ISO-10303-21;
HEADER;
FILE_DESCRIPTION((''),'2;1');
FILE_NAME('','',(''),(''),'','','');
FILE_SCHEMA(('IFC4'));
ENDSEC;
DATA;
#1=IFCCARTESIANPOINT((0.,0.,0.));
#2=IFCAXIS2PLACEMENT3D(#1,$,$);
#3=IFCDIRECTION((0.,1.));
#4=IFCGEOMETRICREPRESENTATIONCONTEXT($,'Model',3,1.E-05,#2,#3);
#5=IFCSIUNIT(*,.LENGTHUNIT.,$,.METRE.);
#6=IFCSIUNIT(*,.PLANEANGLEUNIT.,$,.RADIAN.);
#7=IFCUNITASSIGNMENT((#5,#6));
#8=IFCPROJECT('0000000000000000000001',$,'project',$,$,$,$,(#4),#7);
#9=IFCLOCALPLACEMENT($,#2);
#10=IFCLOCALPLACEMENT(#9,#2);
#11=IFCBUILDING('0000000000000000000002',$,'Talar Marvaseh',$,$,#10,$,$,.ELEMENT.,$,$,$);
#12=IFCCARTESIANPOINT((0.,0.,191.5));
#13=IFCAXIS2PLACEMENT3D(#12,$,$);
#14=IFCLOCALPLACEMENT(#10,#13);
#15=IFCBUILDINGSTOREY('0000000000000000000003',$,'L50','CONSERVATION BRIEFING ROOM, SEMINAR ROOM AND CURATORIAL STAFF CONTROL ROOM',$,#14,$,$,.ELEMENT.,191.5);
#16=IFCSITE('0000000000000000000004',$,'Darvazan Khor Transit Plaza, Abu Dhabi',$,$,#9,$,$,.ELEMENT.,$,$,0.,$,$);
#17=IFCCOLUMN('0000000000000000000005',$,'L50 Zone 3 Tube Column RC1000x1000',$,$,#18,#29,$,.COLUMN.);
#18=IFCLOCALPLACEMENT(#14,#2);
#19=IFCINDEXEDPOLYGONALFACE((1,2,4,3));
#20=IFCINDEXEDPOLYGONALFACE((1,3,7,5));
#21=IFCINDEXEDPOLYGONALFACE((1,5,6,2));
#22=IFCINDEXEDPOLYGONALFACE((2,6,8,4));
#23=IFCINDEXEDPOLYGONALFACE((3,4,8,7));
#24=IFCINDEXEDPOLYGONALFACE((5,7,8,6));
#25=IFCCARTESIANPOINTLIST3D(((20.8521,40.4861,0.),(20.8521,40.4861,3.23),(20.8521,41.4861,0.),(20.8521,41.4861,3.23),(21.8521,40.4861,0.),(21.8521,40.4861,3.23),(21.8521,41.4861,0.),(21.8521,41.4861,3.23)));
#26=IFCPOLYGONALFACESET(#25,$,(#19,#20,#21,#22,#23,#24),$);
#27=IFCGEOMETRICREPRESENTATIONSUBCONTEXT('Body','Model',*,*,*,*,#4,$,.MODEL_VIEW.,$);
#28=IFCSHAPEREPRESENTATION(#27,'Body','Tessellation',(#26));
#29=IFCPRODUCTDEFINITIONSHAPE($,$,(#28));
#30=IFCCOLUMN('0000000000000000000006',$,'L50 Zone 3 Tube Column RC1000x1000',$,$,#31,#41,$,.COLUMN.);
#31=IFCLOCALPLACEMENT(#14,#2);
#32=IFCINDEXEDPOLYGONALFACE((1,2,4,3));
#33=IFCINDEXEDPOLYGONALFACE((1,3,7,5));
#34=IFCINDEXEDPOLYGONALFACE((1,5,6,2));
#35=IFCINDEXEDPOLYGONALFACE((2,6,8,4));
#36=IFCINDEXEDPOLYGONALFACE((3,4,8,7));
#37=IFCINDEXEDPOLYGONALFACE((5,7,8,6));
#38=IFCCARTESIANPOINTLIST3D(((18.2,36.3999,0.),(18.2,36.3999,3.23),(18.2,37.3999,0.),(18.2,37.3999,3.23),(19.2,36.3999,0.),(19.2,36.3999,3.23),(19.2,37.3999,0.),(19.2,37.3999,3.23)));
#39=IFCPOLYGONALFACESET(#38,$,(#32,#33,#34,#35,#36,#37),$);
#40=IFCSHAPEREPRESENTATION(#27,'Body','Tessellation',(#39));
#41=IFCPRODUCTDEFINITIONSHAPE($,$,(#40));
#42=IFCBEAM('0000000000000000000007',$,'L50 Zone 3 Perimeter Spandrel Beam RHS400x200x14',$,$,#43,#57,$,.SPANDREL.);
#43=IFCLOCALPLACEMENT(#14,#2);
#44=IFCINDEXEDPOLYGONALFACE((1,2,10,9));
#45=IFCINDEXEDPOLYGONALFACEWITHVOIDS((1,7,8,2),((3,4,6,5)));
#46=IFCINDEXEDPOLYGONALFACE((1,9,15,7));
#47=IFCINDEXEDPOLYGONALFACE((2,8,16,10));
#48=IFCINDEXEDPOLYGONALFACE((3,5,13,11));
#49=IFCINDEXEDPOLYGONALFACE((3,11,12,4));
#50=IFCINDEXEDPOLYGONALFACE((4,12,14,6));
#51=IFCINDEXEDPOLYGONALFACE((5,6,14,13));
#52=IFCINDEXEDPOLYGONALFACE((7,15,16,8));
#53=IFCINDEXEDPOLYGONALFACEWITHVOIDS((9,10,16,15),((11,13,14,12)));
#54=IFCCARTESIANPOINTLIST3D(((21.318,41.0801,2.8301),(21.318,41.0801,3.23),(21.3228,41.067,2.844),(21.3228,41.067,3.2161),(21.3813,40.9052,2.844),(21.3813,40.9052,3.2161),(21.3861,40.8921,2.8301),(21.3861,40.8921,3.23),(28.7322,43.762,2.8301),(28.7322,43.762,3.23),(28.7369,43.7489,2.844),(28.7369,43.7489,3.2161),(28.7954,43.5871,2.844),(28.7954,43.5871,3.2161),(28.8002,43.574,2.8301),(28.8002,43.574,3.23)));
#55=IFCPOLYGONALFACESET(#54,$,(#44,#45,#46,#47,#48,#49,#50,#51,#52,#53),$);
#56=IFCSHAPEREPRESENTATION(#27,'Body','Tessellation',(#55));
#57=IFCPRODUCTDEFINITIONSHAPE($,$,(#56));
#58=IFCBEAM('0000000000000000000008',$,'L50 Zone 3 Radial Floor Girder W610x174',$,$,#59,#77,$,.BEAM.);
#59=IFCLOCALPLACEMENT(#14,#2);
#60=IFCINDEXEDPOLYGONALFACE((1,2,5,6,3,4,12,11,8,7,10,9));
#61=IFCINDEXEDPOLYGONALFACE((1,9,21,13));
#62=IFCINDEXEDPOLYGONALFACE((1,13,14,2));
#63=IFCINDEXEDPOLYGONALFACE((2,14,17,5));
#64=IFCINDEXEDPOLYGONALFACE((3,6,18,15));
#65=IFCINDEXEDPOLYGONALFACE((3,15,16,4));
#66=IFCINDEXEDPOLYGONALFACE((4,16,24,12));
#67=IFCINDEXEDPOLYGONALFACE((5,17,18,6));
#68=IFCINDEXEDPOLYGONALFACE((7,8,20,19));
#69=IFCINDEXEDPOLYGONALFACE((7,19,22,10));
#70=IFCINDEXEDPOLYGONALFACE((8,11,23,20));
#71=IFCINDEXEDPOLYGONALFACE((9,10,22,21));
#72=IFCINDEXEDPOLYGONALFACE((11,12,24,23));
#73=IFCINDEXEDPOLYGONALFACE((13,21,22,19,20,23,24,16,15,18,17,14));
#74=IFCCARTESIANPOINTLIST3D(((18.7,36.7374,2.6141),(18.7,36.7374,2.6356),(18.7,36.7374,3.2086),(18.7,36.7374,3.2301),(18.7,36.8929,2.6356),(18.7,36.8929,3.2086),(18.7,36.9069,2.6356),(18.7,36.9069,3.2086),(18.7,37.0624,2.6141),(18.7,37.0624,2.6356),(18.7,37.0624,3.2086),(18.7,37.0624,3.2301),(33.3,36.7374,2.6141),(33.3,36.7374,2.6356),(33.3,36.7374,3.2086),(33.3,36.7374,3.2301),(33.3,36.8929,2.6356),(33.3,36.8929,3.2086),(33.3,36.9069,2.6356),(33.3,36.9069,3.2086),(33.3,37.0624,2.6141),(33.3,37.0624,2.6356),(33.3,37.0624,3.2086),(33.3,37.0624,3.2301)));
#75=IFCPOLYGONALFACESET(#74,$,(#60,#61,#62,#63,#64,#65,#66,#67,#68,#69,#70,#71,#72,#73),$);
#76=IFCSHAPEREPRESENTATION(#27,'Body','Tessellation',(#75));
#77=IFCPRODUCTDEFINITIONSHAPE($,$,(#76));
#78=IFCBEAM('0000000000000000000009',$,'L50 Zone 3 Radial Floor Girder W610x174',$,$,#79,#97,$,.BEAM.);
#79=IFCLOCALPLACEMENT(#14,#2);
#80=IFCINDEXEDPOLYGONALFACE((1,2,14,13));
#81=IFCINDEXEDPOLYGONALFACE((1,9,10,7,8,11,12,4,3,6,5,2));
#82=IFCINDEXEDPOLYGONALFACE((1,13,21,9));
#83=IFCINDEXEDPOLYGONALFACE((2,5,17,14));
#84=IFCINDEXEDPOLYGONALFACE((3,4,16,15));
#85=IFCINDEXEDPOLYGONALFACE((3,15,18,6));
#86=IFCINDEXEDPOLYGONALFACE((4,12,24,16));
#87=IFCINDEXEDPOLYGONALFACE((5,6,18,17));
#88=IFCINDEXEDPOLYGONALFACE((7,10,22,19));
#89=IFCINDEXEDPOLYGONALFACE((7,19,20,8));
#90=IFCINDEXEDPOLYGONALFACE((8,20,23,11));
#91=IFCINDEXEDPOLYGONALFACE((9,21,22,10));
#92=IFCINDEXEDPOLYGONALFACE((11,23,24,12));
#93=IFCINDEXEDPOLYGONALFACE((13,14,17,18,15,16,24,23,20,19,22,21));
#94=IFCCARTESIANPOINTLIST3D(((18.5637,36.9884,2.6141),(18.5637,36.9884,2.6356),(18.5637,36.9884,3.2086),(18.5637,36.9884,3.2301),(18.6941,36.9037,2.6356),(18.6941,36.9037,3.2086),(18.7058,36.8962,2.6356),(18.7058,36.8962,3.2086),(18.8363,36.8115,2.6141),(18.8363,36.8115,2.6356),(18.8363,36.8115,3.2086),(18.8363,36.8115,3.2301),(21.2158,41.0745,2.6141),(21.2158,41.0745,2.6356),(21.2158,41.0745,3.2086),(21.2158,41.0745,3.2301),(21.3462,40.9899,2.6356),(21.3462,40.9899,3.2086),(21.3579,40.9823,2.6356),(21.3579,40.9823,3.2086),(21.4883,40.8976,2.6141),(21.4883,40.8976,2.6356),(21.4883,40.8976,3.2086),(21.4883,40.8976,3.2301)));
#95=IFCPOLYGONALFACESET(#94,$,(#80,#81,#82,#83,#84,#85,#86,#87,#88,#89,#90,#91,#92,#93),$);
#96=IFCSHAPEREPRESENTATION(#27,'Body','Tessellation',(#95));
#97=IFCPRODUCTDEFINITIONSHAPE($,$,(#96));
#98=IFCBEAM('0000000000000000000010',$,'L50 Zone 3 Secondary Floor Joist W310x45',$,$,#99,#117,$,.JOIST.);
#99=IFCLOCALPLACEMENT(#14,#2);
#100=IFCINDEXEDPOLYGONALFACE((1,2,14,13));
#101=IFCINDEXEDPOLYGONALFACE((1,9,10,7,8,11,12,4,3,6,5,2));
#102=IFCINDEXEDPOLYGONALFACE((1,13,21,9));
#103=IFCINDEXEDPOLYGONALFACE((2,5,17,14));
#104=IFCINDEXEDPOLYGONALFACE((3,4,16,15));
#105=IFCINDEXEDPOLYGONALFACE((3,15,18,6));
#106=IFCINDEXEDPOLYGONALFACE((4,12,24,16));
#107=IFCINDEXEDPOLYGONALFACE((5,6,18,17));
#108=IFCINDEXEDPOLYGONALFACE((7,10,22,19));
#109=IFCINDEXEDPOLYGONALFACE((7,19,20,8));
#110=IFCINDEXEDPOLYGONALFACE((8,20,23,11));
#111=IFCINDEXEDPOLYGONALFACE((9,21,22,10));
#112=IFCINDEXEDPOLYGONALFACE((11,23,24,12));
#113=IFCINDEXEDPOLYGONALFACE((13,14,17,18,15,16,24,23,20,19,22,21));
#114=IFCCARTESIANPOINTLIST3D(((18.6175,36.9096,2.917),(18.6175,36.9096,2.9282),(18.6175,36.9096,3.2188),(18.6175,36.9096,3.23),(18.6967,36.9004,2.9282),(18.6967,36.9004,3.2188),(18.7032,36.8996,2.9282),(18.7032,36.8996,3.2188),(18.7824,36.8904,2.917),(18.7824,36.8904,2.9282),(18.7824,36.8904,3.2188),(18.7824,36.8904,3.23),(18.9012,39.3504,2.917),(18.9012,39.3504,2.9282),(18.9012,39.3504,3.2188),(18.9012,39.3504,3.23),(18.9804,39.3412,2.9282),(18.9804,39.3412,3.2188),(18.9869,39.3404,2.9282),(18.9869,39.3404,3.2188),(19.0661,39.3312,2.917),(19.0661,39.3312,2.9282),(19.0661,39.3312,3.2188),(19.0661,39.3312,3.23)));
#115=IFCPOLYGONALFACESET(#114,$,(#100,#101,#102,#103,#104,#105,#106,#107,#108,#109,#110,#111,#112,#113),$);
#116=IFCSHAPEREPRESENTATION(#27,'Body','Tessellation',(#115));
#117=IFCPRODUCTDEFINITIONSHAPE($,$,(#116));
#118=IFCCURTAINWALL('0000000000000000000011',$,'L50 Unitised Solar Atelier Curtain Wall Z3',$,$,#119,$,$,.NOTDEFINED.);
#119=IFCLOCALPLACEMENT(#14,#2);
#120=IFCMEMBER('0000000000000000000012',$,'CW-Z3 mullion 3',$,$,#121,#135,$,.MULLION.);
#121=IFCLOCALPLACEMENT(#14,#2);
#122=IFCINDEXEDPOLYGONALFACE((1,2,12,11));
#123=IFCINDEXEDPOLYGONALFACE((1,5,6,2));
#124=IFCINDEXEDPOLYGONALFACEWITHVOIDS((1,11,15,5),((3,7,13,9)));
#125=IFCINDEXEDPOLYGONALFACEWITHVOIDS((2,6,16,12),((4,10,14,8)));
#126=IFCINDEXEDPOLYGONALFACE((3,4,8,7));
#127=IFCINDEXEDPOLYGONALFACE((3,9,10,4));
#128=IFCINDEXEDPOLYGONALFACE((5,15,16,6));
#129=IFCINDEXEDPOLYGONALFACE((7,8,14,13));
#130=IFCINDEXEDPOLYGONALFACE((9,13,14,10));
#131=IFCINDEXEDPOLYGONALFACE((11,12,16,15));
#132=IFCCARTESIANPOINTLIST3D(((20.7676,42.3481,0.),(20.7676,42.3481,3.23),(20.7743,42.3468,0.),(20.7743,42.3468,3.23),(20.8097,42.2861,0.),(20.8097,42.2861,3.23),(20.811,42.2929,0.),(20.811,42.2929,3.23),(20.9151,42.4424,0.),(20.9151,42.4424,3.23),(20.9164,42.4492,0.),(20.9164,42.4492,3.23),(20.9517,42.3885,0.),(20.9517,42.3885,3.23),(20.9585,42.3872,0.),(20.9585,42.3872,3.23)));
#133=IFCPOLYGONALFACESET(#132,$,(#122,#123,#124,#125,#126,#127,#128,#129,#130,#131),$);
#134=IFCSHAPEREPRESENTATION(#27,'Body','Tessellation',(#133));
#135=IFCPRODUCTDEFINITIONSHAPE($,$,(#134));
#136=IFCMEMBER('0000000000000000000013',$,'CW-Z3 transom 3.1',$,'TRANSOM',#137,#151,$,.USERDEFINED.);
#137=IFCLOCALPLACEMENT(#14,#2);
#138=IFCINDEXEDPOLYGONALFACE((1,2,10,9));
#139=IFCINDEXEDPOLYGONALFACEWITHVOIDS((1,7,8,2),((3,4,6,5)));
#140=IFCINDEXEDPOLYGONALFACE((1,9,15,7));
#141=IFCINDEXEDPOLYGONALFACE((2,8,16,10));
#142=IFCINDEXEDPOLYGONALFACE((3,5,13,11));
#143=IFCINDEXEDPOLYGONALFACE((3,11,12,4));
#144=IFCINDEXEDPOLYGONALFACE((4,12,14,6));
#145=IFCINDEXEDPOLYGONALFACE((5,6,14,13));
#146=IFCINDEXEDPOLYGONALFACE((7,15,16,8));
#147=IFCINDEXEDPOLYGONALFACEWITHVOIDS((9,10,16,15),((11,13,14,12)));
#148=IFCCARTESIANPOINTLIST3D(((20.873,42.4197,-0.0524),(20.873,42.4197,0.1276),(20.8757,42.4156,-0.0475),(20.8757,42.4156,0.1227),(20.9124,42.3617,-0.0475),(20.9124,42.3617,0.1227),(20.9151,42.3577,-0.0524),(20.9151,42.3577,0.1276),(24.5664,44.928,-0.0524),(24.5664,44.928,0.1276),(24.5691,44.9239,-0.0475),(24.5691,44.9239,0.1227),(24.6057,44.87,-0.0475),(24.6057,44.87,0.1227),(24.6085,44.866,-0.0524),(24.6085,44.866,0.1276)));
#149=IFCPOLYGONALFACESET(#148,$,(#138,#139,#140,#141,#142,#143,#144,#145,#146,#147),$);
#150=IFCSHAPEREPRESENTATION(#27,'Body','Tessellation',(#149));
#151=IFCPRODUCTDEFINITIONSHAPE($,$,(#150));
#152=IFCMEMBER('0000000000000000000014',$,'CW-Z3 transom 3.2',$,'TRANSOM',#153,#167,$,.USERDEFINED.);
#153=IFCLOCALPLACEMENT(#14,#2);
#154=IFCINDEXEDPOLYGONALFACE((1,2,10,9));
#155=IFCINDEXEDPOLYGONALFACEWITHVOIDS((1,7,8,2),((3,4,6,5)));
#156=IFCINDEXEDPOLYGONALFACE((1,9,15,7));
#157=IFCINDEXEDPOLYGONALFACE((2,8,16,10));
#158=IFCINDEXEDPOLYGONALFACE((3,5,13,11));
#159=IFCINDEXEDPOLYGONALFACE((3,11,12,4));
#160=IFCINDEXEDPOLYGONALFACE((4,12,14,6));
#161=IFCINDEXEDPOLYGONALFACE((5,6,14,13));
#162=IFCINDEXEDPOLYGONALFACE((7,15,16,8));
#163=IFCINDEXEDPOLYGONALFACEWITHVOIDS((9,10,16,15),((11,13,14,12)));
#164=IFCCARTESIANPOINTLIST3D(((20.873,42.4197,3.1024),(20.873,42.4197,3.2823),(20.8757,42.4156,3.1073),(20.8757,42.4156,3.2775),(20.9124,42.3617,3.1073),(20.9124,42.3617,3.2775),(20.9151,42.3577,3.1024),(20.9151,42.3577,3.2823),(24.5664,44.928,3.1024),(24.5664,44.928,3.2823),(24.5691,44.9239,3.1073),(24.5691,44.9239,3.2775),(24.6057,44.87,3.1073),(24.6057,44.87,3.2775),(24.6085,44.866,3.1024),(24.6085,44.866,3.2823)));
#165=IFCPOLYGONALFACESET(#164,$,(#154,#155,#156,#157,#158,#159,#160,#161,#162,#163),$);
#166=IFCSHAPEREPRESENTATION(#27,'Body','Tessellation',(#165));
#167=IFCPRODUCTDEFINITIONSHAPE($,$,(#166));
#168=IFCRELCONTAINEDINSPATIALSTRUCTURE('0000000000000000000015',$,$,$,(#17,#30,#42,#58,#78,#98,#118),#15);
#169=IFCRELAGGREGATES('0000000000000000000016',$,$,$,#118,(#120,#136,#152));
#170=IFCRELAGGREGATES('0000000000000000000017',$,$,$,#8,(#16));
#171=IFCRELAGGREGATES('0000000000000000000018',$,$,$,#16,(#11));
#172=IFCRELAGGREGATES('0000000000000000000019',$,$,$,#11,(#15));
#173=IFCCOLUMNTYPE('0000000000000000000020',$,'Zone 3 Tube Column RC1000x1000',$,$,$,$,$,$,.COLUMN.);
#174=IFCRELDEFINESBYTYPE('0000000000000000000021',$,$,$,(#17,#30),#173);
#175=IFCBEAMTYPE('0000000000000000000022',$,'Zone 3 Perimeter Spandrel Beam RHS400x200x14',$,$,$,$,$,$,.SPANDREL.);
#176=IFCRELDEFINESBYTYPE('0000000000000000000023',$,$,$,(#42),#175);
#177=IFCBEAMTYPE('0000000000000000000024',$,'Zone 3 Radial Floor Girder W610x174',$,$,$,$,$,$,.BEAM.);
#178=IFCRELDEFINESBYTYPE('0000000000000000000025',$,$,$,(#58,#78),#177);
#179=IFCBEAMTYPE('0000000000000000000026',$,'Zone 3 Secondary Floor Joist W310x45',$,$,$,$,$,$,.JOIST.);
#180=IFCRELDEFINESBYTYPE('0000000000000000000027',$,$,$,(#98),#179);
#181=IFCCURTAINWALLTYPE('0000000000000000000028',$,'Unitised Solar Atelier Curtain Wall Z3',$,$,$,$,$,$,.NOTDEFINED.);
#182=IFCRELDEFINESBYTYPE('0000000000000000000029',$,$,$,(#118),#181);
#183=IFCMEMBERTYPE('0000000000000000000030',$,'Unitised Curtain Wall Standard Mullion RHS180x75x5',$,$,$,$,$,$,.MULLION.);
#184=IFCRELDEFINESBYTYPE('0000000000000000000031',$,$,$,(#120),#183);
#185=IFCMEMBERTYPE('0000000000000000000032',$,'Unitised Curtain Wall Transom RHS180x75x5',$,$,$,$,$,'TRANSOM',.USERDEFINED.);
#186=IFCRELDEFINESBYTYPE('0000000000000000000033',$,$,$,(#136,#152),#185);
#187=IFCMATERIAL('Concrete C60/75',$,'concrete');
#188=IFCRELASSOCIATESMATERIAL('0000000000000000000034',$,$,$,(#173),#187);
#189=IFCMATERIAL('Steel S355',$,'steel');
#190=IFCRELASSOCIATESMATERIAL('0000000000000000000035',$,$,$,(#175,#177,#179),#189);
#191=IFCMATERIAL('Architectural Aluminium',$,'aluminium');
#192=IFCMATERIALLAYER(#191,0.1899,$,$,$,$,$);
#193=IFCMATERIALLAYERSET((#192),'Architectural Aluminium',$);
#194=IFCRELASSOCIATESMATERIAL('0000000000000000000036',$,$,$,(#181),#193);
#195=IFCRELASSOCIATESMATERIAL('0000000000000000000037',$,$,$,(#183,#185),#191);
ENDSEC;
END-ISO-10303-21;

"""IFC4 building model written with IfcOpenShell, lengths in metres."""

from ifc_helpers import new_model, si_unit, direction, frame, origin, origin_2d, place, context, subcontext, project, spatial, rectangle, hollow_rectangle, i_section, extrude, source, transform, mapped, material, layer, layer_set, material_profile, profile_set, type_object, type_shapes, element, aggregate, save


model = new_model("IFC4")

# Units and contexts
model_context = context("Model", 3, precision=1e-05, world=origin(), true_north=direction((0.0, 1.0)))
body_context = subcontext(model_context, "Body", "Model", "MODEL_VIEW")
ifc_project = project(units=[si_unit("LENGTHUNIT", "METRE"), si_unit("PLANEANGLEUNIT", "RADIAN")], contexts=[model_context])

# Site, building, storey
site_placement = place(None, origin())
site = spatial("IfcSite", under=ifc_project, at=site_placement, Name="Darvazan Khor Transit Plaza, Abu Dhabi", CompositionType="ELEMENT", RefElevation=0.0)
building_placement = place(site_placement, origin())
building = spatial("IfcBuilding", under=site, at=building_placement, Name="Talar Marvaseh", CompositionType="ELEMENT")
storey_placement = place(building_placement, frame((0.0, 0.0, 191.5)))
storey = spatial("IfcBuildingStorey", under=building, at=storey_placement, Name="L50", Description="CONSERVATION BRIEFING ROOM, SEMINAR ROOM AND CURATORIAL STAFF CONTROL ROOM", CompositionType="ELEMENT", Elevation=191.5)

# Columns
ifc_material_1 = material(Name="Concrete C60/75", Category="concrete")
ifc_material_profile_1 = material_profile(ifc_material_1, rectangle(XDim=1.0, YDim=1.0, at=origin_2d()), Name="RC1000x1000")
ifc_profile_set_1 = profile_set([ifc_material_profile_1], Name="Concrete C60/75")
column_type = type_object("IfcColumnType", Name="Zone 3 Tube Column RC1000x1000", PredefinedType="COLUMN", material=ifc_profile_set_1)
for number, where, z_axis, x_axis, name in (
    (1, (21.3521, 40.9861, 0.0), (0.0, 0.0, 1.0), (1.0, 0.0, 0.0), "L50 Zone 3 Tube Column RC1000x1000"),
    (2, (18.7, 36.8999, 0.0), (0.0, 0.0, 1.0), (1.0, 0.0, 0.0), "L50 Zone 3 Tube Column RC1000x1000"),
):
    element("IfcColumn", number, at=place(storey_placement, frame(where, z_axis=z_axis, x_axis=x_axis)), inside=storey, type_object=column_type, Name=name, PredefinedType="COLUMN", context=body_context, shape_type="SweptSolid", body=[
        extrude(rectangle(XDim=1.0, YDim=1.0, at=origin_2d()), origin(), (0.0, 0.0, 1.0), 3.23),
    ])

# Beams
ifc_material_2 = material(Name="Steel S355", Category="steel")
ifc_material_profile_2 = material_profile(ifc_material_2, hollow_rectangle(XDim=0.2, YDim=0.3999, WallThickness=0.0139, at=origin_2d()), Name="RHS400x200x14")
ifc_profile_set_2 = profile_set([ifc_material_profile_2], Name="Steel S355")
beam_type_1 = type_object("IfcBeamType", Name="Zone 3 Perimeter Spandrel Beam RHS400x200x14", PredefinedType="SPANDREL", material=ifc_profile_set_2)
beam_1_placement = place(storey_placement, frame((21.3521, 40.9861, 3.03), z_axis=(0.940368, 0.340159, 0.0), x_axis=(-0.340159, 0.940368, 0.0)))
element("IfcBeam", 3, at=beam_1_placement, inside=storey, type_object=beam_type_1, Name="L50 Zone 3 Perimeter Spandrel Beam RHS400x200x14", PredefinedType="SPANDREL", context=body_context, shape_type="SweptSolid", body=[
    extrude(hollow_rectangle(XDim=0.2, YDim=0.3999, WallThickness=0.0139, at=origin_2d()), origin(), (0.0, 0.0, 1.0), 7.8843),
])
ifc_material_profile_3 = material_profile(ifc_material_2, i_section(OverallWidth=0.325, OverallDepth=0.616, WebThickness=0.0139, FlangeThickness=0.0215, at=origin_2d()), Name="W610x174")
ifc_profile_set_3 = profile_set([ifc_material_profile_3], Name="Steel S355")
beam_type_2 = type_object("IfcBeamType", Name="Zone 3 Radial Floor Girder W610x174", PredefinedType="BEAM", material=ifc_profile_set_3)
beam_2_placement = place(storey_placement, frame((18.7, 36.8999, 2.9221), z_axis=(1.0, 0.0, 0.0), x_axis=(0.0, 1.0, 0.0)))
element("IfcBeam", 4, at=beam_2_placement, inside=storey, type_object=beam_type_2, Name="L50 Zone 3 Radial Floor Girder W610x174", PredefinedType="BEAM", context=body_context, shape_type="SweptSolid", body=[
    extrude(i_section(OverallWidth=0.325, OverallDepth=0.616, WebThickness=0.0139, FlangeThickness=0.0215, at=origin_2d()), origin(), (0.0, 0.0, 1.0), 14.6001),
])
beam_3_placement = place(storey_placement, frame((21.3521, 40.9861, 2.9221), z_axis=(-0.544423, -0.838811, 0.0), x_axis=(0.838811, -0.544423, 0.0)))
element("IfcBeam", 5, at=beam_3_placement, inside=storey, type_object=beam_type_2, Name="L50 Zone 3 Radial Floor Girder W610x174", PredefinedType="BEAM", context=body_context, shape_type="SweptSolid", body=[
    extrude(i_section(OverallWidth=0.325, OverallDepth=0.616, WebThickness=0.0139, FlangeThickness=0.0215, at=origin_2d()), origin(), (0.0, 0.0, 1.0), 4.8713),
])
ifc_material_profile_4 = material_profile(ifc_material_2, i_section(OverallWidth=0.166, OverallDepth=0.313, WebThickness=0.0066, FlangeThickness=0.0112, at=origin_2d()), Name="W310x45")
ifc_profile_set_4 = profile_set([ifc_material_profile_4], Name="Steel S355")
beam_type_3 = type_object("IfcBeamType", Name="Zone 3 Secondary Floor Joist W310x45", PredefinedType="JOIST", material=ifc_profile_set_4)
beam_4_placement = place(storey_placement, frame((18.9836, 39.3408, 3.0735), z_axis=(-0.115446, -0.993314, 0.0), x_axis=(0.993314, -0.115446, 0.0)))
element("IfcBeam", 6, at=beam_4_placement, inside=storey, type_object=beam_type_3, Name="L50 Zone 3 Secondary Floor Joist W310x45", PredefinedType="JOIST", context=body_context, shape_type="SweptSolid", body=[
    extrude(i_section(OverallWidth=0.166, OverallDepth=0.313, WebThickness=0.0066, FlangeThickness=0.0112, at=origin_2d()), origin(), (0.0, 0.0, 1.0), 2.4573),
])

# Curtain wall, members
ifc_material_3 = material(Name="Architectural Aluminium", Category="aluminium")
ifc_layer_1 = layer(ifc_material_3, 0.1899)
ifc_layer_set_1 = layer_set([ifc_layer_1], Name="Architectural Aluminium")
curtain_wall_type = type_object("IfcCurtainWallType", Name="Unitised Solar Atelier Curtain Wall Z3", PredefinedType="NOTDEFINED", material=ifc_layer_set_1)
curtain_wall_placement = place(storey_placement, origin())
curtain_wall = element("IfcCurtainWall", 7, at=curtain_wall_placement, inside=storey, type_object=curtain_wall_type, Name="L50 Unitised Solar Atelier Curtain Wall Z3", PredefinedType="NOTDEFINED")
ifc_material_profile_5 = material_profile(ifc_material_3, hollow_rectangle(XDim=0.075, YDim=0.1799, WallThickness=0.0049, at=origin_2d()), Name="RHS180x75x5")
ifc_profile_set_5 = profile_set([ifc_material_profile_5], Name="Architectural Aluminium")
member_type_1 = type_object("IfcMemberType", Name="Unitised Curtain Wall Standard Mullion RHS180x75x5", PredefinedType="MULLION", material=ifc_profile_set_5)
shared_shape_1 = source(origin(), body_context, "Body", "SweptSolid", [
    extrude(hollow_rectangle(XDim=0.075, YDim=0.1799, WallThickness=0.0049, at=origin_2d()), origin(), (0.0, 0.0, 1.0), 3.23),
])
type_shapes(member_type_1, [shared_shape_1])
member_1_placement = place(storey_placement, frame((20.863, 42.3677, 0.0), z_axis=(0.0, 0.0, 1.0), x_axis=(-0.561827, 0.827255, 0.0)))
member_1 = element("IfcMember", 8, at=member_1_placement, type_object=member_type_1, Name="CW-Z3 mullion 3", PredefinedType="MULLION", context=body_context, shape_type="MappedRepresentation", body=[
    mapped(shared_shape_1, transform((0.0, 0.0, 0.0), x_axis=(1.0, 0.0, 0.0), y_axis=(0.0, 1.0, 0.0), z_axis=(0.0, 0.0, 1.0), scale=1.0)),
])
ifc_material_profile_6 = material_profile(ifc_material_3, hollow_rectangle(XDim=0.075, YDim=0.1799, WallThickness=0.0049, at=origin_2d()), Name="RHS180x75x5")
ifc_profile_set_6 = profile_set([ifc_material_profile_6], Name="Architectural Aluminium")
member_type_2 = type_object("IfcMemberType", Name="Unitised Curtain Wall Transom RHS180x75x5", ElementType="TRANSOM", PredefinedType="USERDEFINED", material=ifc_profile_set_6)
shared_shape_2 = source(origin(), body_context, "Body", "SweptSolid", [
    extrude(hollow_rectangle(XDim=0.075, YDim=0.1799, WallThickness=0.0049, at=origin_2d()), origin(), (0.0, 0.0, 1.0), 4.4646),
])
type_shapes(member_type_2, [shared_shape_2])
member_2_placement = place(storey_placement, frame((20.894, 42.3887, 0.0376), z_axis=(0.827258, 0.561822, 0.0), x_axis=(-0.561822, 0.827258, 0.0)))
member_2 = element("IfcMember", 9, at=member_2_placement, type_object=member_type_2, Name="CW-Z3 transom 3.1", ObjectType="TRANSOM", PredefinedType="USERDEFINED", context=body_context, shape_type="MappedRepresentation", body=[
    mapped(shared_shape_2, transform((0.0, 0.0, 0.0), x_axis=(1.0, 0.0, 0.0), y_axis=(0.0, 1.0, 0.0), z_axis=(0.0, 0.0, 1.0), scale=1.0)),
])
member_3_placement = place(storey_placement, frame((20.894, 42.3887, 3.1924), z_axis=(0.827258, 0.561822, 0.0), x_axis=(-0.561822, 0.827258, 0.0)))
member_3 = element("IfcMember", 10, at=member_3_placement, type_object=member_type_2, Name="CW-Z3 transom 3.2", ObjectType="TRANSOM", PredefinedType="USERDEFINED", context=body_context, shape_type="MappedRepresentation", body=[
    mapped(shared_shape_2, transform((0.0, 0.0, 0.0), x_axis=(1.0, 0.0, 0.0), y_axis=(0.0, 1.0, 0.0), z_axis=(0.0, 0.0, 1.0), scale=1.0)),
])
aggregate(curtain_wall, [member_1, member_2, member_3])

save(model, "model.ifc")
